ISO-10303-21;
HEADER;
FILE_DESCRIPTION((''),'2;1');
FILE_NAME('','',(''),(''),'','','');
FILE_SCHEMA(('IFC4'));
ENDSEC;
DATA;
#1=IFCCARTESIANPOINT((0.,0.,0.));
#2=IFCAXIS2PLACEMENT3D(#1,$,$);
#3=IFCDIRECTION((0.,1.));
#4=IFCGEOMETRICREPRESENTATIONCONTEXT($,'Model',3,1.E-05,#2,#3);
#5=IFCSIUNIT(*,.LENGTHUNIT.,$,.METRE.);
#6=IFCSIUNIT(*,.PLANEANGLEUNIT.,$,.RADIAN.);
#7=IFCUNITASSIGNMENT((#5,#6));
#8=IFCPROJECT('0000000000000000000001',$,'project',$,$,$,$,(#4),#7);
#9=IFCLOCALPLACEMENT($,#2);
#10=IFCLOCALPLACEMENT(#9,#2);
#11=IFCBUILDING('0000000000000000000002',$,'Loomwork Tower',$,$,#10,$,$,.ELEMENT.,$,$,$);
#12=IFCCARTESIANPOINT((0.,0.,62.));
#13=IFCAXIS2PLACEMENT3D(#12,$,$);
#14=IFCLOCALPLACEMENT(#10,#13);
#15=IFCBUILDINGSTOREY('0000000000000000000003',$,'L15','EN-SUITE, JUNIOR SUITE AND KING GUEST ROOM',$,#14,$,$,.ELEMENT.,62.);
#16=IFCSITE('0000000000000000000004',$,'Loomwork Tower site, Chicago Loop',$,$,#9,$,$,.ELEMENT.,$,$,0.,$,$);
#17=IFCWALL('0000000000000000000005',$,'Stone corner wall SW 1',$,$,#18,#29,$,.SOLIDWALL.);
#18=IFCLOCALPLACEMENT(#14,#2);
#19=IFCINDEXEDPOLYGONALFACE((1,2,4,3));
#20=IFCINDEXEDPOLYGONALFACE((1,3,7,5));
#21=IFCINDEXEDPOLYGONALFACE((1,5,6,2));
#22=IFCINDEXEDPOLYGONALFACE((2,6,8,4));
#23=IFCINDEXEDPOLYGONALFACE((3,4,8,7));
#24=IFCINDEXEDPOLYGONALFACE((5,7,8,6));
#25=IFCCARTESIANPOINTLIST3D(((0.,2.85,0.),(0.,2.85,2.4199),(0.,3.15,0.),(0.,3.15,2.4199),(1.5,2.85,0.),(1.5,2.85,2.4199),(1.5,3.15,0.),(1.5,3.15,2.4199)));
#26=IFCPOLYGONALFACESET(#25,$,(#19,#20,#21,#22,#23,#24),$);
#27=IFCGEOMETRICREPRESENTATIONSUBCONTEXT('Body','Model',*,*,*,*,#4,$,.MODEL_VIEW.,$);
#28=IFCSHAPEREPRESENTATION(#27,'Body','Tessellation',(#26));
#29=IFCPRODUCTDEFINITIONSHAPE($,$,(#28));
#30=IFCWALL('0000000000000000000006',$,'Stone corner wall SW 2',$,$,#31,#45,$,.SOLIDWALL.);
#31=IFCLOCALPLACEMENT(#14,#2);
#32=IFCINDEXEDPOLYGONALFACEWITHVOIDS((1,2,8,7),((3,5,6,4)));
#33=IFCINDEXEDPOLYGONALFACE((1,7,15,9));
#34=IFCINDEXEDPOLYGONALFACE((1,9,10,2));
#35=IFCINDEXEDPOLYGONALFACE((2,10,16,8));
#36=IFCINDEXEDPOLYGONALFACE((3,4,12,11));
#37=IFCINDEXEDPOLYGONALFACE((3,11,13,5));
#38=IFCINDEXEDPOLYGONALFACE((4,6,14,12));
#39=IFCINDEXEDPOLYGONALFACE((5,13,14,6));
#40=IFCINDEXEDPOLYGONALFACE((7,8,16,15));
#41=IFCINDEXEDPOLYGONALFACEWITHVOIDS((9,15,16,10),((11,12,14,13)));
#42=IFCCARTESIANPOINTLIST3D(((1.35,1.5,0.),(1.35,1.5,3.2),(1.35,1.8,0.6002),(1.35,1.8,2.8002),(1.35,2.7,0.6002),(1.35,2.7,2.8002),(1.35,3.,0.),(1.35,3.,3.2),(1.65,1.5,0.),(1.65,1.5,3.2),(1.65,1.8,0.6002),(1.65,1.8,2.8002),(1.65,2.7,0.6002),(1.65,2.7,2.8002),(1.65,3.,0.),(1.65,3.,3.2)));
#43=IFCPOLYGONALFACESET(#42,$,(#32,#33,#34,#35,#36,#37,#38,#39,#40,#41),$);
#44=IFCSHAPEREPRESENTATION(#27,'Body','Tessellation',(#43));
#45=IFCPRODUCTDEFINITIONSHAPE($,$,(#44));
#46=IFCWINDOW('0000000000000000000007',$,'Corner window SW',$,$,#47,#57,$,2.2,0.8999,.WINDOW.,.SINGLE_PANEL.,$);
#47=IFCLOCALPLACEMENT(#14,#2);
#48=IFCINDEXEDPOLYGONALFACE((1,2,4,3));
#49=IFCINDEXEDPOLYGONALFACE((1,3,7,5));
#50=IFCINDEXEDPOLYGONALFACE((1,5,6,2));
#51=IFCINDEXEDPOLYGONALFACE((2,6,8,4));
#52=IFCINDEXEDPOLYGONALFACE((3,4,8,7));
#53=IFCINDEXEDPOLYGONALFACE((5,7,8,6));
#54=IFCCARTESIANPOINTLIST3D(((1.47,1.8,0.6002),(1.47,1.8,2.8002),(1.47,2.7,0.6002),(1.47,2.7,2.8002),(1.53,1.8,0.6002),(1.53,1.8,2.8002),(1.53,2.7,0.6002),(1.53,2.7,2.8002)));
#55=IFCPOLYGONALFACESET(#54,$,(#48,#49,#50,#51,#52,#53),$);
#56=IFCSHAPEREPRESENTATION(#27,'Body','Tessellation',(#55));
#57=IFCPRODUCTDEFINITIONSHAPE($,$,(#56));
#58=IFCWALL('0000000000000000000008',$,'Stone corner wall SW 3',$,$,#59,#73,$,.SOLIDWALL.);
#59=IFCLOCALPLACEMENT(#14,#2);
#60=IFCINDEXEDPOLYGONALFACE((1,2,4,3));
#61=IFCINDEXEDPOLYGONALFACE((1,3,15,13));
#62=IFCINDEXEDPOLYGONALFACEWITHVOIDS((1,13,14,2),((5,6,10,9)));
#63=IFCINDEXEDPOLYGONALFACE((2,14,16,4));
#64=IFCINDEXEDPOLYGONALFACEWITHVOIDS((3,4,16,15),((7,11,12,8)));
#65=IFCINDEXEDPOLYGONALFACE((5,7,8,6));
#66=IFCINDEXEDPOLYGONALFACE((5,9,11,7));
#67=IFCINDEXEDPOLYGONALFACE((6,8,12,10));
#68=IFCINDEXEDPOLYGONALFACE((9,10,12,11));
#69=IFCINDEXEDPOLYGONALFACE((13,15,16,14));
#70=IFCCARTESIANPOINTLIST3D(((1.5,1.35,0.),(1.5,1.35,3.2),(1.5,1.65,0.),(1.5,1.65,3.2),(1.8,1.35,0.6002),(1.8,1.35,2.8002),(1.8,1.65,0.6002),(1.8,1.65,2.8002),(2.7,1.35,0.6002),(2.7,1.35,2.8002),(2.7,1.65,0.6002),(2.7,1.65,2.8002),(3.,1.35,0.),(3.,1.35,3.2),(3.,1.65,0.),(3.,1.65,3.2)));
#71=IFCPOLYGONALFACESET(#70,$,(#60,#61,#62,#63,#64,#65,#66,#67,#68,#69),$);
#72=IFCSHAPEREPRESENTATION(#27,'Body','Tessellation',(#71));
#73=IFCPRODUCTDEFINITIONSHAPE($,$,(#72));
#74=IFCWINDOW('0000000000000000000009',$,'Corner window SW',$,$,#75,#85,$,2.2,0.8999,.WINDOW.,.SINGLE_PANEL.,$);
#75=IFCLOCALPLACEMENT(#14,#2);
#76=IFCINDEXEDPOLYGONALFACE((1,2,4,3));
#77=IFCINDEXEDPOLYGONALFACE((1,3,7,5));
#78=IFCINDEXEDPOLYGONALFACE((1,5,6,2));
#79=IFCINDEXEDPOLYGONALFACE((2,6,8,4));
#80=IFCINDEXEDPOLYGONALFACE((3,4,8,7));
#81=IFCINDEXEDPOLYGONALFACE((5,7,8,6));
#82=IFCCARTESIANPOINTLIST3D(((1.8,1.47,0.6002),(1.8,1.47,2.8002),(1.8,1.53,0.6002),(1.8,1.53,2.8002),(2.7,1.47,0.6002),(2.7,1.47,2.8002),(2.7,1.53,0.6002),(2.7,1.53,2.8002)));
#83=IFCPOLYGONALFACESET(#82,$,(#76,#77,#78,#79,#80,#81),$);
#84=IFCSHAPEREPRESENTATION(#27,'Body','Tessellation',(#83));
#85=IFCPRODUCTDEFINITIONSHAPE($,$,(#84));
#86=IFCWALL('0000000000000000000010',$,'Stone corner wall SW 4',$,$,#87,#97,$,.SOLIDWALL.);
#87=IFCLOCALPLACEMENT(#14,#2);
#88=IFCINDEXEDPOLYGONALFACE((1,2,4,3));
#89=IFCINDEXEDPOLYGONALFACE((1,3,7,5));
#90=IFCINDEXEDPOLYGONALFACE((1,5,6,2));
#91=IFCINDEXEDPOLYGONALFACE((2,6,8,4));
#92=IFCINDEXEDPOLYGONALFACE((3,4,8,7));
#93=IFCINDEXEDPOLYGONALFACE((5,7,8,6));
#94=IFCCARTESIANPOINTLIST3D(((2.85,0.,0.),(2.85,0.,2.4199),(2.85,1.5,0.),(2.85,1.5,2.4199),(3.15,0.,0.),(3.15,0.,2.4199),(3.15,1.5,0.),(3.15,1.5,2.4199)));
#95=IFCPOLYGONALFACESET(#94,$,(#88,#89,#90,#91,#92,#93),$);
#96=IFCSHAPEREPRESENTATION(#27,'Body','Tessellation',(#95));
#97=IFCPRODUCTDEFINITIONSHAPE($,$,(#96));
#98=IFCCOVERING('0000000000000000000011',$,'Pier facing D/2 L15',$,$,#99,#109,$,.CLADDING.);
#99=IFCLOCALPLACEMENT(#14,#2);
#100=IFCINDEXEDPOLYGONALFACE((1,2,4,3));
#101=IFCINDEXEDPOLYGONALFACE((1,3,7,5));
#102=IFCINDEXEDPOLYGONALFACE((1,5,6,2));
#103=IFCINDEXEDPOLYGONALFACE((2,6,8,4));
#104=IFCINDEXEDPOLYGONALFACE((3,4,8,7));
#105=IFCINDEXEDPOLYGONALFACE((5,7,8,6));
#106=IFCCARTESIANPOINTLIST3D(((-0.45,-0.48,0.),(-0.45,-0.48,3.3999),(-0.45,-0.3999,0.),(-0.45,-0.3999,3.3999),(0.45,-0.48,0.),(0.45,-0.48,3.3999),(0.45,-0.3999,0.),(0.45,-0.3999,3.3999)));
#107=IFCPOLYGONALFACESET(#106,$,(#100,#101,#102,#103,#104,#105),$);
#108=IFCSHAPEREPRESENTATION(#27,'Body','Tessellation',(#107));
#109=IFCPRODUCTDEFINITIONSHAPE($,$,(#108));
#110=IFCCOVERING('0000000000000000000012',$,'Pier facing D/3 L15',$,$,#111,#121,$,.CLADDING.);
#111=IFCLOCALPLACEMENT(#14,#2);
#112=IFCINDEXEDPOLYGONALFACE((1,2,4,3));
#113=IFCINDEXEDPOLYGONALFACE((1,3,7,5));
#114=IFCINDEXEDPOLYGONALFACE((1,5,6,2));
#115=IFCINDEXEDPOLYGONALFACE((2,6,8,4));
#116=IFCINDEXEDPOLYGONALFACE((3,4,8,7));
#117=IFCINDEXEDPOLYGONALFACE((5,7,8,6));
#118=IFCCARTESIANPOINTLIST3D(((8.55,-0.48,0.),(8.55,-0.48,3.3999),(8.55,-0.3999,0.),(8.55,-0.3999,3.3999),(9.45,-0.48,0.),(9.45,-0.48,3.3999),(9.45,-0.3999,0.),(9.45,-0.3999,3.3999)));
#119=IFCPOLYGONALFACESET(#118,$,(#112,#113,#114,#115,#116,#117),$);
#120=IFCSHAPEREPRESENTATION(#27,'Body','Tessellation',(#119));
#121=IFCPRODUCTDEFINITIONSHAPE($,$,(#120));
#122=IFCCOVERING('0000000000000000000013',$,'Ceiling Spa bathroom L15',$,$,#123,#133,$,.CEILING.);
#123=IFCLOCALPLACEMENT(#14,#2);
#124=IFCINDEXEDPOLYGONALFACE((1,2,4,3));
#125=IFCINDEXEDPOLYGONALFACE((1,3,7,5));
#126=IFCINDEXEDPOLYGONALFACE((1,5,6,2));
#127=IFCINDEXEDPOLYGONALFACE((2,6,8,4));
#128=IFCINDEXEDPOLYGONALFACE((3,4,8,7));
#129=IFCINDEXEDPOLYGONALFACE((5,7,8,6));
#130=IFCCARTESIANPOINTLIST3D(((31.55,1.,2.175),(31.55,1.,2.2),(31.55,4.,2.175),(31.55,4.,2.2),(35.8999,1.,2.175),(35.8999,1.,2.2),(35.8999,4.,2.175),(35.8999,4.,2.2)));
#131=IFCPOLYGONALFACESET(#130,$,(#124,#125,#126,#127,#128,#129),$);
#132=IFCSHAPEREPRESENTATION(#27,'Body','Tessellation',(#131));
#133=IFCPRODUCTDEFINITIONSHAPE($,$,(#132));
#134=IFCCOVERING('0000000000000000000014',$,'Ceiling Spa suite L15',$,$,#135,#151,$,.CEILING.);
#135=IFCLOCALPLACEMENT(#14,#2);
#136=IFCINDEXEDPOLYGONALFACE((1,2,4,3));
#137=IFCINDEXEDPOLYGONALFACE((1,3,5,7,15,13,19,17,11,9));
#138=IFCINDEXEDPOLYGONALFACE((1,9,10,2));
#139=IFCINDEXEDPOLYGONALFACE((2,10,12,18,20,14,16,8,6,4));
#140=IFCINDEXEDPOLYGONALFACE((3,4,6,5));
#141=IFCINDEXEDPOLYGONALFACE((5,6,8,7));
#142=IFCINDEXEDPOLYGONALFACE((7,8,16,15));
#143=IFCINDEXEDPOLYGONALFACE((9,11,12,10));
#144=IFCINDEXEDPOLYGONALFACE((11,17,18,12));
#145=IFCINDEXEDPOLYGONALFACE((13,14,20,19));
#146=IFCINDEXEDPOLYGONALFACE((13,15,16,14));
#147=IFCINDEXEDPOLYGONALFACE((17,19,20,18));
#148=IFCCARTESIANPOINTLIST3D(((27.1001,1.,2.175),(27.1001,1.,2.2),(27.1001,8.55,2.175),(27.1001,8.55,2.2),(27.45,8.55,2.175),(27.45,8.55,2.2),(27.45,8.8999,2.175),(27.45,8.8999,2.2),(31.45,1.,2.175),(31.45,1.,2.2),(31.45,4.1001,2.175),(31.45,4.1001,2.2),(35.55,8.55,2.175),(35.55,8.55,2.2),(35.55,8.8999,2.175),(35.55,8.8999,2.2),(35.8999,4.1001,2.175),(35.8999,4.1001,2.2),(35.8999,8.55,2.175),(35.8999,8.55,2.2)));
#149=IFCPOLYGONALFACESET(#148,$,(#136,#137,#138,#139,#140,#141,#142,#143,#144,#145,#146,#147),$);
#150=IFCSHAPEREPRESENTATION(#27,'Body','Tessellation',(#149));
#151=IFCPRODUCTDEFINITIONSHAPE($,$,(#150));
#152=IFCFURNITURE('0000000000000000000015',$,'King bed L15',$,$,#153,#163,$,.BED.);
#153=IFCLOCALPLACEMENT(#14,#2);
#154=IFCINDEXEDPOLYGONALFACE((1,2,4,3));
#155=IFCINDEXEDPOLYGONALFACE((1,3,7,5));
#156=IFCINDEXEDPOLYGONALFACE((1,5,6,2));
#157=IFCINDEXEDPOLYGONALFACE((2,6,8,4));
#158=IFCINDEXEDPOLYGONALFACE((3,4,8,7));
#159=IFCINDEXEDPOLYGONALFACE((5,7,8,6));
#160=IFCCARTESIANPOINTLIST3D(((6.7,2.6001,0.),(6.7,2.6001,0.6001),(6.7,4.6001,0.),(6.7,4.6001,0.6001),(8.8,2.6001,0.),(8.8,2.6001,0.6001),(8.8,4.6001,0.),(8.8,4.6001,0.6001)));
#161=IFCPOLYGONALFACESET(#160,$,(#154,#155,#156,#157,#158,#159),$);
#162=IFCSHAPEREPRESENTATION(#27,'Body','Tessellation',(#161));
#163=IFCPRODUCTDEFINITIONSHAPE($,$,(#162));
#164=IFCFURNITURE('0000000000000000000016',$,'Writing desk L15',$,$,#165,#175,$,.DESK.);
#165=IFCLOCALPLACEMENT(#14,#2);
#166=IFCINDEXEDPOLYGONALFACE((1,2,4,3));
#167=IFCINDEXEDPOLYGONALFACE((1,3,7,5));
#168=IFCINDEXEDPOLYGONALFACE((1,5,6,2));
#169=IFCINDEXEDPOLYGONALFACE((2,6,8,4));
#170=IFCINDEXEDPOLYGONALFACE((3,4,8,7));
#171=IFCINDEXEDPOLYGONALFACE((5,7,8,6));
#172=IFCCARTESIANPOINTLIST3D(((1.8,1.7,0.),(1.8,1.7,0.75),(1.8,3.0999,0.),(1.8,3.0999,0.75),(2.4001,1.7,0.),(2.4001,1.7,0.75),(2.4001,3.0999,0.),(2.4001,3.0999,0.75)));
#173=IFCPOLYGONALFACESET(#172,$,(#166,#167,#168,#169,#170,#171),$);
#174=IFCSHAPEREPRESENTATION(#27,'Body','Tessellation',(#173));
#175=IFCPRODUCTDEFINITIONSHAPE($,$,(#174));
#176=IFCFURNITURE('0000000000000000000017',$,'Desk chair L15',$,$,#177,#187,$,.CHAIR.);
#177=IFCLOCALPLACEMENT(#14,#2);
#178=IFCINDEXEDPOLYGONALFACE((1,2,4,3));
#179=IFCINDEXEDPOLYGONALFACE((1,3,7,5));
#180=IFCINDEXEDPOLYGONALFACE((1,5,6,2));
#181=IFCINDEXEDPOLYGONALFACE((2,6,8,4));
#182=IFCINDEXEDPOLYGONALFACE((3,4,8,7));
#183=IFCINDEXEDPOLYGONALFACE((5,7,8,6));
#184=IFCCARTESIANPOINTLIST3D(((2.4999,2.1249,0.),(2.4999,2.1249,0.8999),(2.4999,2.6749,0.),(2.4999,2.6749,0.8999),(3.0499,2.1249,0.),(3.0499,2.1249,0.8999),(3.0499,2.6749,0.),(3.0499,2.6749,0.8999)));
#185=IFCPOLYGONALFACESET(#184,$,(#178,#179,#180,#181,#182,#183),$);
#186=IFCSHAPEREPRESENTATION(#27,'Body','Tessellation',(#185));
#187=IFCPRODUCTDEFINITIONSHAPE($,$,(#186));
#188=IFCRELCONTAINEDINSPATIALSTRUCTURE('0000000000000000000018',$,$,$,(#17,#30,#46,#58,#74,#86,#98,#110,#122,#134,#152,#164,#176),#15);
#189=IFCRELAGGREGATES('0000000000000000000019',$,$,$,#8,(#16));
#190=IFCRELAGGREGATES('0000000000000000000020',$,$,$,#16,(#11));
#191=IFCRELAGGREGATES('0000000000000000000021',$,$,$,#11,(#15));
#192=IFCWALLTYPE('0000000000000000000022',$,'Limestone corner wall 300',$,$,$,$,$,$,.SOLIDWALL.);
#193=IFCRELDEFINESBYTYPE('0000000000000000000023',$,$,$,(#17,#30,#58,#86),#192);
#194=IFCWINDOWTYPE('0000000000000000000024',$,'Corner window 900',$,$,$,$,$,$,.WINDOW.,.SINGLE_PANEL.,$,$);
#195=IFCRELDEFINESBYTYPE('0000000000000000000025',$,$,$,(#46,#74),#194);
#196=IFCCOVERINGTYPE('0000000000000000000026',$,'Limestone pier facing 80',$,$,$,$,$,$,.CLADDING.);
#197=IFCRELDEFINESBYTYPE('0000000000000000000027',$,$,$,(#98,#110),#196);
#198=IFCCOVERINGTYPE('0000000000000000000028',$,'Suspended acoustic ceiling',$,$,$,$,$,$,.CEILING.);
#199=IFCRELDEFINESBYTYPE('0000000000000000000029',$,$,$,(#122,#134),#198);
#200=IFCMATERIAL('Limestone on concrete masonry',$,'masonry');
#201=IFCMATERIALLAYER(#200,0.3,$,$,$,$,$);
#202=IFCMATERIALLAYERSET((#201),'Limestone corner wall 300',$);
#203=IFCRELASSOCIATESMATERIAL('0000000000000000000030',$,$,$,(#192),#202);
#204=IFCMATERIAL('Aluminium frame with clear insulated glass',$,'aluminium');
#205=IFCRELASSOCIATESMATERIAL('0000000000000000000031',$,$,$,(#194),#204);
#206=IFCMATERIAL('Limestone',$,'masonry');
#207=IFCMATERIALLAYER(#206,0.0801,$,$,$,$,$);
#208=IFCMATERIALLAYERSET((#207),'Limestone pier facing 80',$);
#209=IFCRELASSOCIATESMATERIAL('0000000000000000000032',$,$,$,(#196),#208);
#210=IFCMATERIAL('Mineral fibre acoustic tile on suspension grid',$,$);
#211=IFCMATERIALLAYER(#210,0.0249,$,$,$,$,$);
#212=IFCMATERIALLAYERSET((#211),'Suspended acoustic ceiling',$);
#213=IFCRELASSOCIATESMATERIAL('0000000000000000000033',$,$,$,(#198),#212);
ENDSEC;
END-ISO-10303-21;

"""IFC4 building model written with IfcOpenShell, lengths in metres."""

from ifc_helpers import new_model, si_unit, direction, frame, frame_2d, origin, origin_2d, place, context, subcontext, project, spatial, polyline, rectangle, outline, extrude, material, layer, layer_set, type_object, element, fill, save


model = new_model("IFC4")

# Units and contexts
model_context = context("Model", 3, precision=1e-05, world=origin(), true_north=direction((0.0, 1.0)))
body_context = subcontext(model_context, "Body", "Model", "MODEL_VIEW")
ifc_project = project(units=[si_unit("LENGTHUNIT", "METRE"), si_unit("PLANEANGLEUNIT", "RADIAN")], contexts=[model_context])

# Site, building, storey
site_placement = place(None, origin())
site = spatial("IfcSite", under=ifc_project, at=site_placement, Name="Loomwork Tower site, Chicago Loop", CompositionType="ELEMENT", RefElevation=0.0)
building_placement = place(site_placement, origin())
building = spatial("IfcBuilding", under=site, at=building_placement, Name="Loomwork Tower", CompositionType="ELEMENT")
storey_placement = place(building_placement, frame((0.0, 0.0, 62.0)))
storey = spatial("IfcBuildingStorey", under=building, at=storey_placement, Name="L15", Description="EN-SUITE, JUNIOR SUITE AND KING GUEST ROOM", CompositionType="ELEMENT", Elevation=62.0)

# Wall
ifc_material_1 = material(Name="Limestone on concrete masonry", Category="masonry")
ifc_layer_1 = layer(ifc_material_1, 0.3)
ifc_layer_set_1 = layer_set([ifc_layer_1], Name="Limestone corner wall 300")
wall_type_1 = type_object("IfcWallType", Name="Limestone corner wall 300", PredefinedType="SOLIDWALL", material=ifc_layer_set_1)
wall_1_placement = place(storey_placement, frame((0.0, 3.0, 0.0), z_axis=(0.0, 0.0, 1.0), x_axis=(1.0, 0.0, 0.0)))
element("IfcWall", 1, at=wall_1_placement, inside=storey, type_object=wall_type_1, Name="Stone corner wall SW 1", PredefinedType="SOLIDWALL", context=body_context, shape_type="SweptSolid", body=[
    extrude(rectangle(XDim=1.5, YDim=0.3, at=frame_2d((0.75, 0.0))), origin(), (0.0, 0.0, 1.0), 2.4199),
])

# Walls, openings, windows
wall_2_placement = place(storey_placement, frame((1.5, 3.0, 0.0), z_axis=(0.0, 0.0, 1.0), x_axis=(0.0, -1.0, 0.0)))
wall_2 = element("IfcWall", 2, at=wall_2_placement, inside=storey, type_object=wall_type_1, Name="Stone corner wall SW 2", PredefinedType="SOLIDWALL", context=body_context, shape_type="SweptSolid", body=[
    extrude(rectangle(XDim=1.5, YDim=0.3, at=frame_2d((0.75, 0.0))), origin(), (0.0, 0.0, 1.0), 3.2),
])
opening_1_placement = place(wall_2_placement, frame((0.3, 0.0, 0.6001)))
opening_1 = element("IfcOpeningElement", 3, at=opening_1_placement, cuts=wall_2, PredefinedType="OPENING", context=body_context, shape_type="SweptSolid", body=[
    extrude(rectangle(XDim=0.8999, YDim=2.2, at=frame_2d((0.45, 1.1001))), frame((0.0, 0.1599, 0.0), z_axis=(0.0, -1.0, 0.0), x_axis=(1.0, 0.0, 0.0)), (0.0, 0.0, 1.0), 0.3201),
])
ifc_material_2 = material(Name="Aluminium frame with clear insulated glass", Category="aluminium")
window_type_1 = type_object("IfcWindowType", Name="Corner window 900", PartitioningType="SINGLE_PANEL", PredefinedType="WINDOW", material=ifc_material_2)
window_1_placement = place(opening_1_placement, origin())
window_1 = element("IfcWindow", 4, at=window_1_placement, inside=storey, type_object=window_type_1, Name="Corner window SW", OverallHeight=2.2, OverallWidth=0.8999, PartitioningType="SINGLE_PANEL", PredefinedType="WINDOW", context=body_context, shape_type="SweptSolid", body=[
    extrude(rectangle(XDim=0.8999, YDim=2.2, at=frame_2d((0.45, 1.1001))), frame((0.0, 0.03, 0.0), z_axis=(0.0, -1.0, 0.0), x_axis=(1.0, 0.0, 0.0)), (0.0, 0.0, 1.0), 0.0601),
])
fill(opening_1, window_1)
wall_3_placement = place(storey_placement, frame((1.5, 1.5, 0.0), z_axis=(0.0, 0.0, 1.0), x_axis=(1.0, 0.0, 0.0)))
wall_3 = element("IfcWall", 5, at=wall_3_placement, inside=storey, type_object=wall_type_1, Name="Stone corner wall SW 3", PredefinedType="SOLIDWALL", context=body_context, shape_type="SweptSolid", body=[
    extrude(rectangle(XDim=1.5, YDim=0.3, at=frame_2d((0.75, 0.0))), origin(), (0.0, 0.0, 1.0), 3.2),
])
opening_2_placement = place(wall_3_placement, frame((0.3, 0.0, 0.6001)))
opening_2 = element("IfcOpeningElement", 6, at=opening_2_placement, cuts=wall_3, PredefinedType="OPENING", context=body_context, shape_type="SweptSolid", body=[
    extrude(rectangle(XDim=0.8999, YDim=2.2, at=frame_2d((0.45, 1.1001))), frame((0.0, 0.1599, 0.0), z_axis=(0.0, -1.0, 0.0), x_axis=(1.0, 0.0, 0.0)), (0.0, 0.0, 1.0), 0.3201),
])
window_2_placement = place(opening_2_placement, origin())
window_2 = element("IfcWindow", 7, at=window_2_placement, inside=storey, type_object=window_type_1, Name="Corner window SW", OverallHeight=2.2, OverallWidth=0.8999, PartitioningType="SINGLE_PANEL", PredefinedType="WINDOW", context=body_context, shape_type="SweptSolid", body=[
    extrude(rectangle(XDim=0.8999, YDim=2.2, at=frame_2d((0.45, 1.1001))), frame((0.0, 0.03, 0.0), z_axis=(0.0, -1.0, 0.0), x_axis=(1.0, 0.0, 0.0)), (0.0, 0.0, 1.0), 0.0601),
])
fill(opening_2, window_2)

# Wall
wall_4_placement = place(storey_placement, frame((3.0, 1.5, 0.0), z_axis=(0.0, 0.0, 1.0), x_axis=(0.0, -1.0, 0.0)))
element("IfcWall", 8, at=wall_4_placement, inside=storey, type_object=wall_type_1, Name="Stone corner wall SW 4", PredefinedType="SOLIDWALL", context=body_context, shape_type="SweptSolid", body=[
    extrude(rectangle(XDim=1.5, YDim=0.3, at=frame_2d((0.75, 0.0))), origin(), (0.0, 0.0, 1.0), 2.4199),
])

# Coverings
ifc_material_3 = material(Name="Limestone", Category="masonry")
ifc_layer_2 = layer(ifc_material_3, 0.0801)
ifc_layer_set_2 = layer_set([ifc_layer_2], Name="Limestone pier facing 80")
covering_type_1 = type_object("IfcCoveringType", Name="Limestone pier facing 80", PredefinedType="CLADDING", material=ifc_layer_set_2)
for number, where, z_axis, x_axis, name in (
    (9, (0.0, -0.4399, 0.0), (0.0, 0.0, 1.0), (1.0, 0.0, 0.0), "Pier facing D/2 L15"),
    (10, (9.0, -0.4399, 0.0), (0.0, 0.0, 1.0), (1.0, 0.0, 0.0), "Pier facing D/3 L15"),
):
    element("IfcCovering", number, at=place(storey_placement, frame(where, z_axis=z_axis, x_axis=x_axis)), inside=storey, type_object=covering_type_1, Name=name, PredefinedType="CLADDING", context=body_context, shape_type="SweptSolid", body=[
        extrude(rectangle(XDim=0.8999, YDim=0.0801, at=origin_2d()), origin(), (0.0, 0.0, 1.0), 3.3999),
    ])
ifc_material_4 = material(Name="Mineral fibre acoustic tile on suspension grid")
ifc_layer_3 = layer(ifc_material_4, 0.0249)
ifc_layer_set_3 = layer_set([ifc_layer_3], Name="Suspended acoustic ceiling")
covering_type_2 = type_object("IfcCoveringType", Name="Suspended acoustic ceiling", PredefinedType="CEILING", material=ifc_layer_set_3)
covering_1_placement = place(storey_placement, frame((0.0, 0.0, 2.175)))
element("IfcCovering", 11, at=covering_1_placement, inside=storey, type_object=covering_type_2, Name="Ceiling Spa bathroom L15", PredefinedType="CEILING", context=body_context, shape_type="SweptSolid", body=[
    extrude(outline(polyline([(35.8999, 4.0), (35.8999, 1.0), (31.55, 1.0), (31.55, 4.0), (35.8999, 4.0)])), origin(), (0.0, 0.0, 1.0), 0.0249),
])
covering_2_placement = place(storey_placement, frame((0.0, 0.0, 2.175)))
element("IfcCovering", 12, at=covering_2_placement, inside=storey, type_object=covering_type_2, Name="Ceiling Spa suite L15", PredefinedType="CEILING", context=body_context, shape_type="SweptSolid", body=[
    extrude(outline(polyline([(35.55, 8.8999), (35.55, 8.55), (35.8999, 8.55), (35.8999, 4.1001), (31.45, 4.1001), (31.45, 1.0), (27.1001, 1.0), (27.1001, 8.55), (27.45, 8.55), (27.45, 8.8999), (35.55, 8.8999)])), origin(), (0.0, 0.0, 1.0), 0.0249),
])

# Furniture
furniture_1_placement = place(storey_placement, frame((7.75, 3.6001, 0.0), z_axis=(0.0, 0.0, 1.0), x_axis=(1.0, 0.0, 0.0)))
element("IfcFurniture", 13, at=furniture_1_placement, inside=storey, Name="King bed L15", PredefinedType="BED", context=body_context, shape_type="SweptSolid", body=[
    extrude(rectangle(XDim=2.1001, YDim=2.0, at=origin_2d()), origin(), (0.0, 0.0, 1.0), 0.6001),
])
furniture_2_placement = place(storey_placement, frame((2.1001, 2.3999, 0.0), z_axis=(0.0, 0.0, 1.0), x_axis=(1.0, 0.0, 0.0)))
element("IfcFurniture", 14, at=furniture_2_placement, inside=storey, Name="Writing desk L15", PredefinedType="DESK", context=body_context, shape_type="SweptSolid", body=[
    extrude(rectangle(XDim=0.6001, YDim=1.3999, at=origin_2d()), origin(), (0.0, 0.0, 1.0), 0.75),
])
furniture_3_placement = place(storey_placement, frame((2.7749, 2.3999, 0.0), z_axis=(0.0, 0.0, 1.0), x_axis=(1.0, 0.0, 0.0)))
element("IfcFurniture", 15, at=furniture_3_placement, inside=storey, Name="Desk chair L15", PredefinedType="CHAIR", context=body_context, shape_type="SweptSolid", body=[
    extrude(rectangle(XDim=0.55, YDim=0.55, at=origin_2d()), origin(), (0.0, 0.0, 1.0), 0.8999),
])

save(model, "model.ifc")
